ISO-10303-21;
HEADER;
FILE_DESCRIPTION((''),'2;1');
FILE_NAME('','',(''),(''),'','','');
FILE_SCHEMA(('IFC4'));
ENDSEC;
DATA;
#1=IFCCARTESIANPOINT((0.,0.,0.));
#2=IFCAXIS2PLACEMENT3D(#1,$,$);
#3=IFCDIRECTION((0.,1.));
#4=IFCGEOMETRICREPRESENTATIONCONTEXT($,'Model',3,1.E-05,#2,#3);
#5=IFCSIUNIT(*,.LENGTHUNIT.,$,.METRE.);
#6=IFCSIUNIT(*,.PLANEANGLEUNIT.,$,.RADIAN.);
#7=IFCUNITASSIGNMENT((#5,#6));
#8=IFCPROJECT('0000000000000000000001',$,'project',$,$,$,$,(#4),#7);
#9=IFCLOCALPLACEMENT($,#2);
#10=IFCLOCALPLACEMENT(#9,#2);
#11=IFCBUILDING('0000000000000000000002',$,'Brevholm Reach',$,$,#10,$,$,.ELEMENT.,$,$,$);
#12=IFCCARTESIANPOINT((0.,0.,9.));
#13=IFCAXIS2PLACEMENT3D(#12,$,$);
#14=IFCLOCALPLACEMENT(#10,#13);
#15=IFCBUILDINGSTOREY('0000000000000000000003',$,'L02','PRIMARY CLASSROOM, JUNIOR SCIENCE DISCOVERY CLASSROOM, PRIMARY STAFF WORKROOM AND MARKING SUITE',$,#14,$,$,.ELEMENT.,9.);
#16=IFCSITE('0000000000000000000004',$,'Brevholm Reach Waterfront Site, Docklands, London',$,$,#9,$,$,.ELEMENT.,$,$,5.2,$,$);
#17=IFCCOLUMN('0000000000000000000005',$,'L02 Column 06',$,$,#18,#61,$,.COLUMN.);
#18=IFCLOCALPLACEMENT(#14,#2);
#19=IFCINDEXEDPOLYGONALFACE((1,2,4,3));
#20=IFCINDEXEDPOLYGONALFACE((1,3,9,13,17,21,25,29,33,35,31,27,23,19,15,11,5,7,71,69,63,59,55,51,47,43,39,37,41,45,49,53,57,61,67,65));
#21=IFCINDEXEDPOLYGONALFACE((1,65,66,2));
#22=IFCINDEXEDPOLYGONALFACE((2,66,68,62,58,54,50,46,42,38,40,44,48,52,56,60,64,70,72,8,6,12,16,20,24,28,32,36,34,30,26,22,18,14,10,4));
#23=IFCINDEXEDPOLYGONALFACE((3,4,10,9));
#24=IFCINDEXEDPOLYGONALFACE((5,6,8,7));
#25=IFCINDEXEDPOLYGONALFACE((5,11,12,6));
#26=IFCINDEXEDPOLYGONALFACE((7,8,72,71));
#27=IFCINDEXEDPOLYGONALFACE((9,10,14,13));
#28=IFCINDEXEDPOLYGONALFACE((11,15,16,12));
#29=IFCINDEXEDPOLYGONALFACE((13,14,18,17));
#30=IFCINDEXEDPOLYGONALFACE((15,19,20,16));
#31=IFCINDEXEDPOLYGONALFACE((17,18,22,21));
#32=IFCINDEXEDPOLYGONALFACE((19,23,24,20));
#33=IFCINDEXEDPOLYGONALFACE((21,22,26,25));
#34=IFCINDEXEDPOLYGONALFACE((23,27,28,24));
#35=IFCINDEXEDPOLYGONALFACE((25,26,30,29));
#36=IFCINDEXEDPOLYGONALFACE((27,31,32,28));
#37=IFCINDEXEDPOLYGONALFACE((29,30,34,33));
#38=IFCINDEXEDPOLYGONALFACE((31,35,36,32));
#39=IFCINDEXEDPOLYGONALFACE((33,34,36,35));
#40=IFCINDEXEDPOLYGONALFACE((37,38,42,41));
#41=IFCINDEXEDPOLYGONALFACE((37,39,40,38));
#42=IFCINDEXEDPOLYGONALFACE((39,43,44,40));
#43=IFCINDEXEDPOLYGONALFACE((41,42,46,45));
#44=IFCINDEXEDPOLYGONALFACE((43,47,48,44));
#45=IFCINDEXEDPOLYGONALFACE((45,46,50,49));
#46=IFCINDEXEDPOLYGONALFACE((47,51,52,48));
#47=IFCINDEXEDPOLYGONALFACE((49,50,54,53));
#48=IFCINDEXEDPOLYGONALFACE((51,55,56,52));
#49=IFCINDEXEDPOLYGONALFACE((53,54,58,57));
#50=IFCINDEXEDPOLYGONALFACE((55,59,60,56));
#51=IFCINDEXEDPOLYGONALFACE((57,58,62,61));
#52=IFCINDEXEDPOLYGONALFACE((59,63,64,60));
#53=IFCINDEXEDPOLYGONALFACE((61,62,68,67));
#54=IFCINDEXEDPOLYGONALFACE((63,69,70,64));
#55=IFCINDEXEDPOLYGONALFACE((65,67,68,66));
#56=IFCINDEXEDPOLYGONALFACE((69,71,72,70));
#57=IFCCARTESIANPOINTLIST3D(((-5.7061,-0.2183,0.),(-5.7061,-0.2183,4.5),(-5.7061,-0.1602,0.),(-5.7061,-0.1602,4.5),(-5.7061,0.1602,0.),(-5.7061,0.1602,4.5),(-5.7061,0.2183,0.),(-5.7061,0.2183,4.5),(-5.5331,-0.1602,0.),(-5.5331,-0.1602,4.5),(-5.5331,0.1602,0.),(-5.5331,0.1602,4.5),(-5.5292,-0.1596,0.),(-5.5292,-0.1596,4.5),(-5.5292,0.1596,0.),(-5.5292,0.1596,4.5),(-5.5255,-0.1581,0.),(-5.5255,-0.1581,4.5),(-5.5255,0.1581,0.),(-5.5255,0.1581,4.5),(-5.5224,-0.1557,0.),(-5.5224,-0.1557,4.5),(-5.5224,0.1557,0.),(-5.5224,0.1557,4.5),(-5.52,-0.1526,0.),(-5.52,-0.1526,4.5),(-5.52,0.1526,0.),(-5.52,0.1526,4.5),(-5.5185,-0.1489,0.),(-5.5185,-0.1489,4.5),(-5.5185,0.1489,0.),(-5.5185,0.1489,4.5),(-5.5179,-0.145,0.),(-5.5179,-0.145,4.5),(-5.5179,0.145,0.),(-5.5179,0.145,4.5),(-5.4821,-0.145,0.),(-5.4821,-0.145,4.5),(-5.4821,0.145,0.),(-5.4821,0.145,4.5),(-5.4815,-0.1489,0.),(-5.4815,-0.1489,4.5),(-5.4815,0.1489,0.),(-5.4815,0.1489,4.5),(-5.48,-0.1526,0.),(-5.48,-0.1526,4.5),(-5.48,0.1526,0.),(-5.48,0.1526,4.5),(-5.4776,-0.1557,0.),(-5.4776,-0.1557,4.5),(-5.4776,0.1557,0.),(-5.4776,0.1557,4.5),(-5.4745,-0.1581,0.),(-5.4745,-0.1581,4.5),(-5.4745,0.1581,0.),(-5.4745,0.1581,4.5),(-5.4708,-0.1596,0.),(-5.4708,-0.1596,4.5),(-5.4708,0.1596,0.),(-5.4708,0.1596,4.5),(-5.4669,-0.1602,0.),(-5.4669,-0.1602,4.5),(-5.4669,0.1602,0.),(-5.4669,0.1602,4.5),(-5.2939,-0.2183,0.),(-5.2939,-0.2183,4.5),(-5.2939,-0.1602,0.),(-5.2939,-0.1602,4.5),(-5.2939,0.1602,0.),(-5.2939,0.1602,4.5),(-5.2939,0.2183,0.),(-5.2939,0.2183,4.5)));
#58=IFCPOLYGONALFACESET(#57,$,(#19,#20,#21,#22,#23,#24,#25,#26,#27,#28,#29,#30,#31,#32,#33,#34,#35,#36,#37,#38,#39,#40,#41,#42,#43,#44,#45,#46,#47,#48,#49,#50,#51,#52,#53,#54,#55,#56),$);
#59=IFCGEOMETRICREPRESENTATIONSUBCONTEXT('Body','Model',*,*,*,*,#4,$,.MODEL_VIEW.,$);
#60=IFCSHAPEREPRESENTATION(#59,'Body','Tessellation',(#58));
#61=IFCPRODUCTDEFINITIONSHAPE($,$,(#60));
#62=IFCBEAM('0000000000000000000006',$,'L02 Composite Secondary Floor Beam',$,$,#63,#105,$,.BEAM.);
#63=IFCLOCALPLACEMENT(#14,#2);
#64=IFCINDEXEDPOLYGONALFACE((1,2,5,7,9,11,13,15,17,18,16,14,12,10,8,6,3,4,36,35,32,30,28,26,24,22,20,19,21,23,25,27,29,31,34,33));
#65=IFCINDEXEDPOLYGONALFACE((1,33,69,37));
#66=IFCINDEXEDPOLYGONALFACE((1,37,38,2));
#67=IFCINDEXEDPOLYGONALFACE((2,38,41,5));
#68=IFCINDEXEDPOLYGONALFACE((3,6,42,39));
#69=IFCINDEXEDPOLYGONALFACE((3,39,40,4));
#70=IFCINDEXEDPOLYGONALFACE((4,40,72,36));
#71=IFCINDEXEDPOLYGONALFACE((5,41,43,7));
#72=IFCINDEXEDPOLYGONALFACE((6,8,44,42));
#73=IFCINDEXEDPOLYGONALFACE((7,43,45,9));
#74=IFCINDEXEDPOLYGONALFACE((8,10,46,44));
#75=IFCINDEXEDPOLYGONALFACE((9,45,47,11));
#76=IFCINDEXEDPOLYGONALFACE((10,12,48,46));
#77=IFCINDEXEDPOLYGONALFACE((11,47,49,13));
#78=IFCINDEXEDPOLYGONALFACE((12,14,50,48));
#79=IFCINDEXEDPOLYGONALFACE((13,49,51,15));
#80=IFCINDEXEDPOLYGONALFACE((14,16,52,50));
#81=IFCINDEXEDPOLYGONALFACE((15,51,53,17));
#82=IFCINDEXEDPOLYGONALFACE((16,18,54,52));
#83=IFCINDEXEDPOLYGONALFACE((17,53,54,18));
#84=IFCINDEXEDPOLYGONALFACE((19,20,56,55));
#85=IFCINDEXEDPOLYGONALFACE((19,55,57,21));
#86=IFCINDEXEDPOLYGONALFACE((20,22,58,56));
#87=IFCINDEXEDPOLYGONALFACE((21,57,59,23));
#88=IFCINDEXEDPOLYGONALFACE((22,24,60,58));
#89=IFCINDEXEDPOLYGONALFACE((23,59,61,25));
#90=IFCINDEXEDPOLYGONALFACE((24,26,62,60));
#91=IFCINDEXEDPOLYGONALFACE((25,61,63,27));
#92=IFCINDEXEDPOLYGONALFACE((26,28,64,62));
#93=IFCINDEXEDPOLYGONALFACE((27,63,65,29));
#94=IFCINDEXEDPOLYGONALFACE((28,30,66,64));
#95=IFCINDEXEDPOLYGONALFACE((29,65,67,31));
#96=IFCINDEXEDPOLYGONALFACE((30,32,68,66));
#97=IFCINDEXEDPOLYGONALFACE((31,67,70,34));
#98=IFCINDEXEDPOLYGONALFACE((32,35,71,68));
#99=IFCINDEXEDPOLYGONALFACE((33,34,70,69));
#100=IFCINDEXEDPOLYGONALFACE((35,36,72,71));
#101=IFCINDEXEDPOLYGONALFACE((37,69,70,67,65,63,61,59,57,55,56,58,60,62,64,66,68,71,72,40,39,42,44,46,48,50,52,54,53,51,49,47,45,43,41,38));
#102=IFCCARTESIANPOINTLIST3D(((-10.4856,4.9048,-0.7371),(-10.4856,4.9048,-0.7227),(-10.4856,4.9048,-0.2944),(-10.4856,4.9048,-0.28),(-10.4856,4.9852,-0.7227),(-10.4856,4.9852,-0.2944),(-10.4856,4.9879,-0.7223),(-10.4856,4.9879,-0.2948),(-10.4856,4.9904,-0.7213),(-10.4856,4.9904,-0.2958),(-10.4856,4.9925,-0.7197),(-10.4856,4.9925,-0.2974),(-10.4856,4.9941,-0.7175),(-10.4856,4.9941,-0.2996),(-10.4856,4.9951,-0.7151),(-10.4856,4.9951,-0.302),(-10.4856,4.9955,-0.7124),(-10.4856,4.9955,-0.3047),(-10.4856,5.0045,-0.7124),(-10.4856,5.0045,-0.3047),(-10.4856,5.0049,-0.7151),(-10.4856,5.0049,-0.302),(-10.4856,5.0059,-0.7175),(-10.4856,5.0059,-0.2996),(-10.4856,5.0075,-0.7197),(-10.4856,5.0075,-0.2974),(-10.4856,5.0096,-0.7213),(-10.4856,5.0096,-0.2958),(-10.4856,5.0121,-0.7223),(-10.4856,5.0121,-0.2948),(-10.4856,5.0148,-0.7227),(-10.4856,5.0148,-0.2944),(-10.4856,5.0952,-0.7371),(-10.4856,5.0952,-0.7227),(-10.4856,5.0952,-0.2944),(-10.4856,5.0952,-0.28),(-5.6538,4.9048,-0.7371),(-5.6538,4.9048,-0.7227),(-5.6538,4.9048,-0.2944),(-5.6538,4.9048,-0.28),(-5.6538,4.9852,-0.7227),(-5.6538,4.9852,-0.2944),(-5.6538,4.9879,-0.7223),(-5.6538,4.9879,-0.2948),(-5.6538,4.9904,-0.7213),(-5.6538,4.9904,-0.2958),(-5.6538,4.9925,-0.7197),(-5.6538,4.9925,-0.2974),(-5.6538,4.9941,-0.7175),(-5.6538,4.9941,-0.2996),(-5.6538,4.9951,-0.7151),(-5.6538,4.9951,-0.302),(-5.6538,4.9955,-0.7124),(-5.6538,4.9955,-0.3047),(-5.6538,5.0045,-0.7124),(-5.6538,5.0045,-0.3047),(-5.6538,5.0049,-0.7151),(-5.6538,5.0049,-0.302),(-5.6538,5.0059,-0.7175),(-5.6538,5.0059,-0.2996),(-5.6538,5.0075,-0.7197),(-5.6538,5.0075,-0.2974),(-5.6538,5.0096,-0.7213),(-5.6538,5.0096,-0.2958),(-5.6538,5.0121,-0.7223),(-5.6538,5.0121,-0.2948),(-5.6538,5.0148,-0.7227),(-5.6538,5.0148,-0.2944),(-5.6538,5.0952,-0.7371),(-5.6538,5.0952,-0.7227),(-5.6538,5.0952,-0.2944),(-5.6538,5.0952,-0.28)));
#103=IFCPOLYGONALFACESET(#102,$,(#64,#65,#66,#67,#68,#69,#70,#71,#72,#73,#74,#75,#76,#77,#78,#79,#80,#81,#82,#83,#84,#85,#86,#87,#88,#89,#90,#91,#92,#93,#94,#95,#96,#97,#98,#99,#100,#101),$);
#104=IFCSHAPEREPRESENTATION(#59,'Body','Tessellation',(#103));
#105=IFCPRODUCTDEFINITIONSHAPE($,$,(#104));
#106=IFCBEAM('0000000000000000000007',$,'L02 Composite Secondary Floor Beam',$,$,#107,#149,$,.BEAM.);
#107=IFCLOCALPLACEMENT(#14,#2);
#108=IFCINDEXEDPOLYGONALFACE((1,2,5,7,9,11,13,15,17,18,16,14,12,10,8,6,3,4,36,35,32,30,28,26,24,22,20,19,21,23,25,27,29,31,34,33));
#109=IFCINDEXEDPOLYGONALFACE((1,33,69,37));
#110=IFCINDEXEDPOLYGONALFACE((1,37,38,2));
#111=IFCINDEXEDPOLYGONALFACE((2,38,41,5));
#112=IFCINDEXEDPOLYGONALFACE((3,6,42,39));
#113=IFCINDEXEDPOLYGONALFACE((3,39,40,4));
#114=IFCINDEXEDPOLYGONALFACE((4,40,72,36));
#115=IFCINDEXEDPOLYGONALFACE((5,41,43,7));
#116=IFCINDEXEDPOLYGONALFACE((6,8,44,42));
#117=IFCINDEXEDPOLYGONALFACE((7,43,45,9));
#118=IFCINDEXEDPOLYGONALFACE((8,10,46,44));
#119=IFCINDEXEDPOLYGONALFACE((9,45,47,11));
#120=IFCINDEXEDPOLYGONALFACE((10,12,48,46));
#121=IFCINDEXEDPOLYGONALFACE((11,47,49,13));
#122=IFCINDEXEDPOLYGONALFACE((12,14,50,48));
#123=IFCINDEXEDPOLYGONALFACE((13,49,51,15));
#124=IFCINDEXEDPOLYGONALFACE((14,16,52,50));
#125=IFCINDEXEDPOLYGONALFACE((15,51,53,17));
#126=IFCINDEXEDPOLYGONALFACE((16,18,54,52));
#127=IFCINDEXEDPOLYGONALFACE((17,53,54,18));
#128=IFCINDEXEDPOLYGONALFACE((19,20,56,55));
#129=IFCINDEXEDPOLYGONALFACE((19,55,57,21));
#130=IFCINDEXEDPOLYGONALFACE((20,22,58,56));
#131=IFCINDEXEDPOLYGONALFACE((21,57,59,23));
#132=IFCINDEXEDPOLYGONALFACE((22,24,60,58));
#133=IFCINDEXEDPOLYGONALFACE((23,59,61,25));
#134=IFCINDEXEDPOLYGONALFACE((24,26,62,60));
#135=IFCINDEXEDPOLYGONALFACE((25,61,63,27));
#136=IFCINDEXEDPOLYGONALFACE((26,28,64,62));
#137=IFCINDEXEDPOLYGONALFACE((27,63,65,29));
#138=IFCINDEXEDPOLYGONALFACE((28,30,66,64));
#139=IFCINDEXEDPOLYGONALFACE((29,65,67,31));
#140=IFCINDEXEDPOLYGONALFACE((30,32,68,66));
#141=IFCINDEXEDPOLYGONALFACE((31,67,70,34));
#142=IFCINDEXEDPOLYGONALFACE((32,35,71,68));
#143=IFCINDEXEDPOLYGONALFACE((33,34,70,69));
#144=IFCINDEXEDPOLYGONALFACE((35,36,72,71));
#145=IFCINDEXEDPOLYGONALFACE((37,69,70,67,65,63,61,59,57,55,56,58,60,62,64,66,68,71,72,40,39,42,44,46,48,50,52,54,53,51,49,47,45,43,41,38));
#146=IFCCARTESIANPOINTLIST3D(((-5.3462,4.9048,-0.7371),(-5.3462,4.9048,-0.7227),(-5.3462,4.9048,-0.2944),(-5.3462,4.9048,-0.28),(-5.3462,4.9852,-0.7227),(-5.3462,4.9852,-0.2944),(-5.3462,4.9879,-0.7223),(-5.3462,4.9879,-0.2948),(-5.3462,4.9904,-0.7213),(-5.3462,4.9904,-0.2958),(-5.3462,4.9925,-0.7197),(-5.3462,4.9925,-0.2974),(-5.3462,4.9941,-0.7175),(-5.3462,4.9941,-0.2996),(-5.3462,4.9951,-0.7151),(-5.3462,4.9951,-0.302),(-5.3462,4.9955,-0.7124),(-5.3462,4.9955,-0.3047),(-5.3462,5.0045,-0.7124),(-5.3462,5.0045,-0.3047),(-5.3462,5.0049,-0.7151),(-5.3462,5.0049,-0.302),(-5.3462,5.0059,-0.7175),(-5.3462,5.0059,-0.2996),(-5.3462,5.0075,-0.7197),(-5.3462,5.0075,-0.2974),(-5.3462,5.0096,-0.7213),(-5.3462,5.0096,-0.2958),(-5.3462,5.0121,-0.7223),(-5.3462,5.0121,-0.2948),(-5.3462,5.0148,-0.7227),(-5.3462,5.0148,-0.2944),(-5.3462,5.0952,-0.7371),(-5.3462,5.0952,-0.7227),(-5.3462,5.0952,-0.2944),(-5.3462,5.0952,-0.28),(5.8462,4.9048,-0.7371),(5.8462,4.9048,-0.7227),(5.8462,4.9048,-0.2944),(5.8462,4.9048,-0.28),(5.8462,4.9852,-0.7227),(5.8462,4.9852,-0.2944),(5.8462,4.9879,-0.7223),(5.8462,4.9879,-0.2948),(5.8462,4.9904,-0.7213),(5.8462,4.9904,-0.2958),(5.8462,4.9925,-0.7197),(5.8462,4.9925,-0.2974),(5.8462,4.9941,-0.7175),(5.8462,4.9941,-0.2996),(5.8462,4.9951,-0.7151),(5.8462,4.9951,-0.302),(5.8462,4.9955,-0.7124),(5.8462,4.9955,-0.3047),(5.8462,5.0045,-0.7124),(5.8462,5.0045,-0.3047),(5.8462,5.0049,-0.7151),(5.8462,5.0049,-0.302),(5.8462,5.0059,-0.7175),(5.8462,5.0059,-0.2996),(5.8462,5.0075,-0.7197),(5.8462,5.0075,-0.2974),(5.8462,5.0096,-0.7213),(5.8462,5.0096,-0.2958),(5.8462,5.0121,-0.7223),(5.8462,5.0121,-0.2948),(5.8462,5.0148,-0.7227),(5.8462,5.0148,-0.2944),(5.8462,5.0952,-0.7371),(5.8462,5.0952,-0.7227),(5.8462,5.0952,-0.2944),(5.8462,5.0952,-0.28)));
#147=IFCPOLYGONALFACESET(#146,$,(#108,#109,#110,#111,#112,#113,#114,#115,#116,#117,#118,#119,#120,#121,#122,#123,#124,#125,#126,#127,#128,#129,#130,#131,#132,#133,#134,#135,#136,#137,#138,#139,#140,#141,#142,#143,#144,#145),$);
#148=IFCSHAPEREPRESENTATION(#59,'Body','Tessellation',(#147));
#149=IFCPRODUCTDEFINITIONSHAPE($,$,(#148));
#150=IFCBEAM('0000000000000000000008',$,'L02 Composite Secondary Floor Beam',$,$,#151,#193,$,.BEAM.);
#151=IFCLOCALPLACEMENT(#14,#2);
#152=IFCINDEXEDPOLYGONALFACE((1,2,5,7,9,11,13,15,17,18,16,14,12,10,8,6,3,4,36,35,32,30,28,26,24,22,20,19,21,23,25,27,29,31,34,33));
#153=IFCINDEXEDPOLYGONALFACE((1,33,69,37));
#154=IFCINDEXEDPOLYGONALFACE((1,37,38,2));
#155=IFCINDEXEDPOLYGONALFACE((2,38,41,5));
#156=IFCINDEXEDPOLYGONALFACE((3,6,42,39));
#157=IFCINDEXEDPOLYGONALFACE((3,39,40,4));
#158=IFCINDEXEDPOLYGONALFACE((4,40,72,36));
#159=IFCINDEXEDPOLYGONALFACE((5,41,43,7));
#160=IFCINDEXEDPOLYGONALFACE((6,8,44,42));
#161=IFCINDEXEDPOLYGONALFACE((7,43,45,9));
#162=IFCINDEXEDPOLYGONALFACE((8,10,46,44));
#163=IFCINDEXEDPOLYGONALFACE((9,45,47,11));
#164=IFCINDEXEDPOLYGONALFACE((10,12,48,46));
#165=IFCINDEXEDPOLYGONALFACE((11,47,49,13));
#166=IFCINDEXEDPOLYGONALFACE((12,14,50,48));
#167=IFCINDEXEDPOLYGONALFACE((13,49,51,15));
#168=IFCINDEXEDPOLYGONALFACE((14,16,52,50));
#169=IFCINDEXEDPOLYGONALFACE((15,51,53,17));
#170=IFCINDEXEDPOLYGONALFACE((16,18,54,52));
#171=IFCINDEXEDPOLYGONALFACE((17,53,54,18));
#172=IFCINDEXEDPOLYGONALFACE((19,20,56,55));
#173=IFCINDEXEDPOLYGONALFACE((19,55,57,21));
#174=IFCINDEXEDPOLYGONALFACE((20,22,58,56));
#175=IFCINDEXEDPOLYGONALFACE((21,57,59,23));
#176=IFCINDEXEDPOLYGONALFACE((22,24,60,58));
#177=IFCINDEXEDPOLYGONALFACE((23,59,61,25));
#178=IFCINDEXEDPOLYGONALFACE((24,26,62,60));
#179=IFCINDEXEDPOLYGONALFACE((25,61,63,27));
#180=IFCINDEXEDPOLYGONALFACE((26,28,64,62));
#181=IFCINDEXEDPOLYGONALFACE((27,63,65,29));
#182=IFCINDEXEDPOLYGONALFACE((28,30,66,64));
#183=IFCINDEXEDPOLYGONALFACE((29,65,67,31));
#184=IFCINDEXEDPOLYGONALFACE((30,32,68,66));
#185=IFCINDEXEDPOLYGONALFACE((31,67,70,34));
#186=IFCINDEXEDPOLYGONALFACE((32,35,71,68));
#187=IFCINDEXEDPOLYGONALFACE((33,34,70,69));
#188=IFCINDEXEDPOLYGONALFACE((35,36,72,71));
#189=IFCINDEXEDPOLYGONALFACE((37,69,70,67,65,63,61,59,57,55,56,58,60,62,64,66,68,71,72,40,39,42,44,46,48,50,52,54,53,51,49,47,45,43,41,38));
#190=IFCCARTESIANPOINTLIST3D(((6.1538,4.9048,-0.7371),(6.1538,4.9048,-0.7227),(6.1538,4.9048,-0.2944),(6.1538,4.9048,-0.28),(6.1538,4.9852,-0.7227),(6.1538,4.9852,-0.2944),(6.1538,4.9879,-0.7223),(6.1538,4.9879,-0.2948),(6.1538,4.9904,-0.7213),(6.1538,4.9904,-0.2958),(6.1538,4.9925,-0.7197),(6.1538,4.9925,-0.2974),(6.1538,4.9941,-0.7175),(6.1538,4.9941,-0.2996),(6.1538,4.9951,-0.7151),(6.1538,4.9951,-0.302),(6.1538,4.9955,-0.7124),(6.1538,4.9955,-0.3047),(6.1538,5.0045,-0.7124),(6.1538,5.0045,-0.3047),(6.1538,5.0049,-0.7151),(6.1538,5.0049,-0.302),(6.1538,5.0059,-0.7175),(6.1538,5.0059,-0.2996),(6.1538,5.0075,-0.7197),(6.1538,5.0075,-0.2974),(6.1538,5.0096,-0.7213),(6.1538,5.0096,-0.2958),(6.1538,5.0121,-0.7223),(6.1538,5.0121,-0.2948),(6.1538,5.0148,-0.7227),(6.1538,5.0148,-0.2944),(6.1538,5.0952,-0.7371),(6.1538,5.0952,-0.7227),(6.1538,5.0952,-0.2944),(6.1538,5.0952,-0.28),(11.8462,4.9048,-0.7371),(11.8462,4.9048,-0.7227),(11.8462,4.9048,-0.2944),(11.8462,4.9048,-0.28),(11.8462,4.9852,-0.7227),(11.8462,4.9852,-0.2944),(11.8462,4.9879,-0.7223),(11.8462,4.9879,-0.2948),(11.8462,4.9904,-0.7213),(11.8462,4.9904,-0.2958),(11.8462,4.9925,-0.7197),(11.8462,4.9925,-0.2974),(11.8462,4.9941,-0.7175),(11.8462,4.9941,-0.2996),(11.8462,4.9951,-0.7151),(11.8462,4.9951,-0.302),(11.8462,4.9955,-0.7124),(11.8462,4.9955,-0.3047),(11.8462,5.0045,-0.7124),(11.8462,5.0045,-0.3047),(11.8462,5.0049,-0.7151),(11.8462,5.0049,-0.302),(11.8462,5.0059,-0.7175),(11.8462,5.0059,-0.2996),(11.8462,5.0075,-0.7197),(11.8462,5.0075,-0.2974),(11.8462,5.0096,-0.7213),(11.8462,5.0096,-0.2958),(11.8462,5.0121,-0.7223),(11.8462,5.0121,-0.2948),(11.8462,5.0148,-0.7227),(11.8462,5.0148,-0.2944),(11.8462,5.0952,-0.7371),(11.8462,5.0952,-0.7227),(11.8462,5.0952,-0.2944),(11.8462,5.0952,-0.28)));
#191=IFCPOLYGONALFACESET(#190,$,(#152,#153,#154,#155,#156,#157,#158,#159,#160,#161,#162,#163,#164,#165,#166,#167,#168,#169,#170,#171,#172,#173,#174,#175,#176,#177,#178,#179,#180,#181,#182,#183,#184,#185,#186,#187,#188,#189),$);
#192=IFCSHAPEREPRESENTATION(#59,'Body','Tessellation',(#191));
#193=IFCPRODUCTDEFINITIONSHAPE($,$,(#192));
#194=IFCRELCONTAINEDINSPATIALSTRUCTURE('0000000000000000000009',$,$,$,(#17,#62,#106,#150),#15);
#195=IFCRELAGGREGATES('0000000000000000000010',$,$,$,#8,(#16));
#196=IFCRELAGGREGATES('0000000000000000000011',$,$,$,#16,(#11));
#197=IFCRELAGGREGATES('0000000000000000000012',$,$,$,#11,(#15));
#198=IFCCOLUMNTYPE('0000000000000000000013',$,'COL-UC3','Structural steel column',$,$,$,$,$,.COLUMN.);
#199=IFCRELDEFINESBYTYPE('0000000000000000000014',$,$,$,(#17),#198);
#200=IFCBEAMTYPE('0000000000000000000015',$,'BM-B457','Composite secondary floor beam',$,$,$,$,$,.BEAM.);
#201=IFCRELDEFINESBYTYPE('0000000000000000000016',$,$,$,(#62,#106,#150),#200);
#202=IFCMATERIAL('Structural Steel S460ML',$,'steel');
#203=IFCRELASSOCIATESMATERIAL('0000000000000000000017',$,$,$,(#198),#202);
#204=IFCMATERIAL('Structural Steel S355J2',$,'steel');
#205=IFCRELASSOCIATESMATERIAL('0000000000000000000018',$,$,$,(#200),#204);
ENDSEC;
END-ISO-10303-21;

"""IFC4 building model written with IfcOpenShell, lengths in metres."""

from ifc_helpers import new_model, si_unit, direction, frame, origin, origin_2d, place, context, subcontext, project, spatial, i_section, extrude, material, material_profile, profile_set, type_object, element, save


model = new_model("IFC4")

# Units and contexts
model_context = context("Model", 3, precision=1e-05, world=origin(), true_north=direction((0.0, 1.0)))
body_context = subcontext(model_context, "Body", "Model", "MODEL_VIEW")
ifc_project = project(units=[si_unit("LENGTHUNIT", "METRE"), si_unit("PLANEANGLEUNIT", "RADIAN")], contexts=[model_context])

# Site, building, storey
site_placement = place(None, origin())
site = spatial("IfcSite", under=ifc_project, at=site_placement, Name="Brevholm Reach Waterfront Site, Docklands, London", CompositionType="ELEMENT", RefElevation=5.2)
building_placement = place(site_placement, origin())
building = spatial("IfcBuilding", under=site, at=building_placement, Name="Brevholm Reach", CompositionType="ELEMENT")
storey_placement = place(building_placement, frame((0.0, 0.0, 9.0)))
storey = spatial("IfcBuildingStorey", under=building, at=storey_placement, Name="L02", Description="PRIMARY CLASSROOM, JUNIOR SCIENCE DISCOVERY CLASSROOM, PRIMARY STAFF WORKROOM AND MARKING SUITE", CompositionType="ELEMENT", Elevation=9.0)

# Column
ifc_material_1 = material(Name="Structural Steel S460ML", Category="steel")
ifc_material_profile_1 = material_profile(ifc_material_1, i_section(OverallWidth=0.4121, OverallDepth=0.4365, WebThickness=0.0359, FlangeThickness=0.0581, FilletRadius=0.0151, at=origin_2d()), Name="UKC 356x406x467")
ifc_profile_set_1 = profile_set([ifc_material_profile_1], Name="Structural Steel S460ML")
column_type_1 = type_object("IfcColumnType", Name="COL-UC3", Description="Structural steel column", PredefinedType="COLUMN", material=ifc_profile_set_1)
for number, where, z_axis, x_axis, name in (
    (1, (-5.5, 0.0, 0.0), (0.0, 0.0, 1.0), (1.0, 0.0, 0.0), "L02 Column 06"),
):
    element("IfcColumn", number, at=place(storey_placement, frame(where, z_axis=z_axis, x_axis=x_axis)), inside=storey, type_object=column_type_1, Name=name, PredefinedType="COLUMN", context=body_context, shape_type="SweptSolid", body=[
        extrude(i_section(OverallWidth=0.4121, OverallDepth=0.4365, WebThickness=0.0359, FlangeThickness=0.0581, FilletRadius=0.0151, at=origin_2d()), origin(), (0.0, 0.0, 1.0), 4.5),
    ])

# Beams
ifc_material_2 = material(Name="Structural Steel S355J2", Category="steel")
ifc_material_profile_2 = material_profile(ifc_material_2, i_section(OverallWidth=0.1904, OverallDepth=0.457, WebThickness=0.009, FlangeThickness=0.0144, FilletRadius=0.0103, at=origin_2d()), Name="UKB 457x191x74")
ifc_profile_set_2 = profile_set([ifc_material_profile_2], Name="Structural Steel S355J2")
beam_type_1 = type_object("IfcBeamType", Name="BM-B457", Description="Composite secondary floor beam", PredefinedType="BEAM", material=ifc_profile_set_2)
beam_1_placement = place(storey_placement, frame((-10.4856, 5.0, -0.5085), z_axis=(1.0, 0.0, 0.0), x_axis=(0.0, 1.0, 0.0)))
element("IfcBeam", 2, at=beam_1_placement, inside=storey, type_object=beam_type_1, Name="L02 Composite Secondary Floor Beam", PredefinedType="BEAM", context=body_context, shape_type="SweptSolid", body=[
    extrude(i_section(OverallWidth=0.1904, OverallDepth=0.457, WebThickness=0.009, FlangeThickness=0.0144, FilletRadius=0.0103, at=origin_2d()), origin(), (0.0, 0.0, 1.0), 4.8318),
])
beam_2_placement = place(storey_placement, frame((-5.3462, 5.0, -0.5085), z_axis=(1.0, 0.0, 0.0), x_axis=(0.0, 1.0, 0.0)))
element("IfcBeam", 3, at=beam_2_placement, inside=storey, type_object=beam_type_1, Name="L02 Composite Secondary Floor Beam", PredefinedType="BEAM", context=body_context, shape_type="SweptSolid", body=[
    extrude(i_section(OverallWidth=0.1904, OverallDepth=0.457, WebThickness=0.009, FlangeThickness=0.0144, FilletRadius=0.0103, at=origin_2d()), origin(), (0.0, 0.0, 1.0), 11.1924),
])
beam_3_placement = place(storey_placement, frame((6.1538, 5.0, -0.5085), z_axis=(1.0, 0.0, 0.0), x_axis=(0.0, 1.0, 0.0)))
element("IfcBeam", 4, at=beam_3_placement, inside=storey, type_object=beam_type_1, Name="L02 Composite Secondary Floor Beam", PredefinedType="BEAM", context=body_context, shape_type="SweptSolid", body=[
    extrude(i_section(OverallWidth=0.1904, OverallDepth=0.457, WebThickness=0.009, FlangeThickness=0.0144, FilletRadius=0.0103, at=origin_2d()), origin(), (0.0, 0.0, 1.0), 5.6924),
])

save(model, "model.ifc")
